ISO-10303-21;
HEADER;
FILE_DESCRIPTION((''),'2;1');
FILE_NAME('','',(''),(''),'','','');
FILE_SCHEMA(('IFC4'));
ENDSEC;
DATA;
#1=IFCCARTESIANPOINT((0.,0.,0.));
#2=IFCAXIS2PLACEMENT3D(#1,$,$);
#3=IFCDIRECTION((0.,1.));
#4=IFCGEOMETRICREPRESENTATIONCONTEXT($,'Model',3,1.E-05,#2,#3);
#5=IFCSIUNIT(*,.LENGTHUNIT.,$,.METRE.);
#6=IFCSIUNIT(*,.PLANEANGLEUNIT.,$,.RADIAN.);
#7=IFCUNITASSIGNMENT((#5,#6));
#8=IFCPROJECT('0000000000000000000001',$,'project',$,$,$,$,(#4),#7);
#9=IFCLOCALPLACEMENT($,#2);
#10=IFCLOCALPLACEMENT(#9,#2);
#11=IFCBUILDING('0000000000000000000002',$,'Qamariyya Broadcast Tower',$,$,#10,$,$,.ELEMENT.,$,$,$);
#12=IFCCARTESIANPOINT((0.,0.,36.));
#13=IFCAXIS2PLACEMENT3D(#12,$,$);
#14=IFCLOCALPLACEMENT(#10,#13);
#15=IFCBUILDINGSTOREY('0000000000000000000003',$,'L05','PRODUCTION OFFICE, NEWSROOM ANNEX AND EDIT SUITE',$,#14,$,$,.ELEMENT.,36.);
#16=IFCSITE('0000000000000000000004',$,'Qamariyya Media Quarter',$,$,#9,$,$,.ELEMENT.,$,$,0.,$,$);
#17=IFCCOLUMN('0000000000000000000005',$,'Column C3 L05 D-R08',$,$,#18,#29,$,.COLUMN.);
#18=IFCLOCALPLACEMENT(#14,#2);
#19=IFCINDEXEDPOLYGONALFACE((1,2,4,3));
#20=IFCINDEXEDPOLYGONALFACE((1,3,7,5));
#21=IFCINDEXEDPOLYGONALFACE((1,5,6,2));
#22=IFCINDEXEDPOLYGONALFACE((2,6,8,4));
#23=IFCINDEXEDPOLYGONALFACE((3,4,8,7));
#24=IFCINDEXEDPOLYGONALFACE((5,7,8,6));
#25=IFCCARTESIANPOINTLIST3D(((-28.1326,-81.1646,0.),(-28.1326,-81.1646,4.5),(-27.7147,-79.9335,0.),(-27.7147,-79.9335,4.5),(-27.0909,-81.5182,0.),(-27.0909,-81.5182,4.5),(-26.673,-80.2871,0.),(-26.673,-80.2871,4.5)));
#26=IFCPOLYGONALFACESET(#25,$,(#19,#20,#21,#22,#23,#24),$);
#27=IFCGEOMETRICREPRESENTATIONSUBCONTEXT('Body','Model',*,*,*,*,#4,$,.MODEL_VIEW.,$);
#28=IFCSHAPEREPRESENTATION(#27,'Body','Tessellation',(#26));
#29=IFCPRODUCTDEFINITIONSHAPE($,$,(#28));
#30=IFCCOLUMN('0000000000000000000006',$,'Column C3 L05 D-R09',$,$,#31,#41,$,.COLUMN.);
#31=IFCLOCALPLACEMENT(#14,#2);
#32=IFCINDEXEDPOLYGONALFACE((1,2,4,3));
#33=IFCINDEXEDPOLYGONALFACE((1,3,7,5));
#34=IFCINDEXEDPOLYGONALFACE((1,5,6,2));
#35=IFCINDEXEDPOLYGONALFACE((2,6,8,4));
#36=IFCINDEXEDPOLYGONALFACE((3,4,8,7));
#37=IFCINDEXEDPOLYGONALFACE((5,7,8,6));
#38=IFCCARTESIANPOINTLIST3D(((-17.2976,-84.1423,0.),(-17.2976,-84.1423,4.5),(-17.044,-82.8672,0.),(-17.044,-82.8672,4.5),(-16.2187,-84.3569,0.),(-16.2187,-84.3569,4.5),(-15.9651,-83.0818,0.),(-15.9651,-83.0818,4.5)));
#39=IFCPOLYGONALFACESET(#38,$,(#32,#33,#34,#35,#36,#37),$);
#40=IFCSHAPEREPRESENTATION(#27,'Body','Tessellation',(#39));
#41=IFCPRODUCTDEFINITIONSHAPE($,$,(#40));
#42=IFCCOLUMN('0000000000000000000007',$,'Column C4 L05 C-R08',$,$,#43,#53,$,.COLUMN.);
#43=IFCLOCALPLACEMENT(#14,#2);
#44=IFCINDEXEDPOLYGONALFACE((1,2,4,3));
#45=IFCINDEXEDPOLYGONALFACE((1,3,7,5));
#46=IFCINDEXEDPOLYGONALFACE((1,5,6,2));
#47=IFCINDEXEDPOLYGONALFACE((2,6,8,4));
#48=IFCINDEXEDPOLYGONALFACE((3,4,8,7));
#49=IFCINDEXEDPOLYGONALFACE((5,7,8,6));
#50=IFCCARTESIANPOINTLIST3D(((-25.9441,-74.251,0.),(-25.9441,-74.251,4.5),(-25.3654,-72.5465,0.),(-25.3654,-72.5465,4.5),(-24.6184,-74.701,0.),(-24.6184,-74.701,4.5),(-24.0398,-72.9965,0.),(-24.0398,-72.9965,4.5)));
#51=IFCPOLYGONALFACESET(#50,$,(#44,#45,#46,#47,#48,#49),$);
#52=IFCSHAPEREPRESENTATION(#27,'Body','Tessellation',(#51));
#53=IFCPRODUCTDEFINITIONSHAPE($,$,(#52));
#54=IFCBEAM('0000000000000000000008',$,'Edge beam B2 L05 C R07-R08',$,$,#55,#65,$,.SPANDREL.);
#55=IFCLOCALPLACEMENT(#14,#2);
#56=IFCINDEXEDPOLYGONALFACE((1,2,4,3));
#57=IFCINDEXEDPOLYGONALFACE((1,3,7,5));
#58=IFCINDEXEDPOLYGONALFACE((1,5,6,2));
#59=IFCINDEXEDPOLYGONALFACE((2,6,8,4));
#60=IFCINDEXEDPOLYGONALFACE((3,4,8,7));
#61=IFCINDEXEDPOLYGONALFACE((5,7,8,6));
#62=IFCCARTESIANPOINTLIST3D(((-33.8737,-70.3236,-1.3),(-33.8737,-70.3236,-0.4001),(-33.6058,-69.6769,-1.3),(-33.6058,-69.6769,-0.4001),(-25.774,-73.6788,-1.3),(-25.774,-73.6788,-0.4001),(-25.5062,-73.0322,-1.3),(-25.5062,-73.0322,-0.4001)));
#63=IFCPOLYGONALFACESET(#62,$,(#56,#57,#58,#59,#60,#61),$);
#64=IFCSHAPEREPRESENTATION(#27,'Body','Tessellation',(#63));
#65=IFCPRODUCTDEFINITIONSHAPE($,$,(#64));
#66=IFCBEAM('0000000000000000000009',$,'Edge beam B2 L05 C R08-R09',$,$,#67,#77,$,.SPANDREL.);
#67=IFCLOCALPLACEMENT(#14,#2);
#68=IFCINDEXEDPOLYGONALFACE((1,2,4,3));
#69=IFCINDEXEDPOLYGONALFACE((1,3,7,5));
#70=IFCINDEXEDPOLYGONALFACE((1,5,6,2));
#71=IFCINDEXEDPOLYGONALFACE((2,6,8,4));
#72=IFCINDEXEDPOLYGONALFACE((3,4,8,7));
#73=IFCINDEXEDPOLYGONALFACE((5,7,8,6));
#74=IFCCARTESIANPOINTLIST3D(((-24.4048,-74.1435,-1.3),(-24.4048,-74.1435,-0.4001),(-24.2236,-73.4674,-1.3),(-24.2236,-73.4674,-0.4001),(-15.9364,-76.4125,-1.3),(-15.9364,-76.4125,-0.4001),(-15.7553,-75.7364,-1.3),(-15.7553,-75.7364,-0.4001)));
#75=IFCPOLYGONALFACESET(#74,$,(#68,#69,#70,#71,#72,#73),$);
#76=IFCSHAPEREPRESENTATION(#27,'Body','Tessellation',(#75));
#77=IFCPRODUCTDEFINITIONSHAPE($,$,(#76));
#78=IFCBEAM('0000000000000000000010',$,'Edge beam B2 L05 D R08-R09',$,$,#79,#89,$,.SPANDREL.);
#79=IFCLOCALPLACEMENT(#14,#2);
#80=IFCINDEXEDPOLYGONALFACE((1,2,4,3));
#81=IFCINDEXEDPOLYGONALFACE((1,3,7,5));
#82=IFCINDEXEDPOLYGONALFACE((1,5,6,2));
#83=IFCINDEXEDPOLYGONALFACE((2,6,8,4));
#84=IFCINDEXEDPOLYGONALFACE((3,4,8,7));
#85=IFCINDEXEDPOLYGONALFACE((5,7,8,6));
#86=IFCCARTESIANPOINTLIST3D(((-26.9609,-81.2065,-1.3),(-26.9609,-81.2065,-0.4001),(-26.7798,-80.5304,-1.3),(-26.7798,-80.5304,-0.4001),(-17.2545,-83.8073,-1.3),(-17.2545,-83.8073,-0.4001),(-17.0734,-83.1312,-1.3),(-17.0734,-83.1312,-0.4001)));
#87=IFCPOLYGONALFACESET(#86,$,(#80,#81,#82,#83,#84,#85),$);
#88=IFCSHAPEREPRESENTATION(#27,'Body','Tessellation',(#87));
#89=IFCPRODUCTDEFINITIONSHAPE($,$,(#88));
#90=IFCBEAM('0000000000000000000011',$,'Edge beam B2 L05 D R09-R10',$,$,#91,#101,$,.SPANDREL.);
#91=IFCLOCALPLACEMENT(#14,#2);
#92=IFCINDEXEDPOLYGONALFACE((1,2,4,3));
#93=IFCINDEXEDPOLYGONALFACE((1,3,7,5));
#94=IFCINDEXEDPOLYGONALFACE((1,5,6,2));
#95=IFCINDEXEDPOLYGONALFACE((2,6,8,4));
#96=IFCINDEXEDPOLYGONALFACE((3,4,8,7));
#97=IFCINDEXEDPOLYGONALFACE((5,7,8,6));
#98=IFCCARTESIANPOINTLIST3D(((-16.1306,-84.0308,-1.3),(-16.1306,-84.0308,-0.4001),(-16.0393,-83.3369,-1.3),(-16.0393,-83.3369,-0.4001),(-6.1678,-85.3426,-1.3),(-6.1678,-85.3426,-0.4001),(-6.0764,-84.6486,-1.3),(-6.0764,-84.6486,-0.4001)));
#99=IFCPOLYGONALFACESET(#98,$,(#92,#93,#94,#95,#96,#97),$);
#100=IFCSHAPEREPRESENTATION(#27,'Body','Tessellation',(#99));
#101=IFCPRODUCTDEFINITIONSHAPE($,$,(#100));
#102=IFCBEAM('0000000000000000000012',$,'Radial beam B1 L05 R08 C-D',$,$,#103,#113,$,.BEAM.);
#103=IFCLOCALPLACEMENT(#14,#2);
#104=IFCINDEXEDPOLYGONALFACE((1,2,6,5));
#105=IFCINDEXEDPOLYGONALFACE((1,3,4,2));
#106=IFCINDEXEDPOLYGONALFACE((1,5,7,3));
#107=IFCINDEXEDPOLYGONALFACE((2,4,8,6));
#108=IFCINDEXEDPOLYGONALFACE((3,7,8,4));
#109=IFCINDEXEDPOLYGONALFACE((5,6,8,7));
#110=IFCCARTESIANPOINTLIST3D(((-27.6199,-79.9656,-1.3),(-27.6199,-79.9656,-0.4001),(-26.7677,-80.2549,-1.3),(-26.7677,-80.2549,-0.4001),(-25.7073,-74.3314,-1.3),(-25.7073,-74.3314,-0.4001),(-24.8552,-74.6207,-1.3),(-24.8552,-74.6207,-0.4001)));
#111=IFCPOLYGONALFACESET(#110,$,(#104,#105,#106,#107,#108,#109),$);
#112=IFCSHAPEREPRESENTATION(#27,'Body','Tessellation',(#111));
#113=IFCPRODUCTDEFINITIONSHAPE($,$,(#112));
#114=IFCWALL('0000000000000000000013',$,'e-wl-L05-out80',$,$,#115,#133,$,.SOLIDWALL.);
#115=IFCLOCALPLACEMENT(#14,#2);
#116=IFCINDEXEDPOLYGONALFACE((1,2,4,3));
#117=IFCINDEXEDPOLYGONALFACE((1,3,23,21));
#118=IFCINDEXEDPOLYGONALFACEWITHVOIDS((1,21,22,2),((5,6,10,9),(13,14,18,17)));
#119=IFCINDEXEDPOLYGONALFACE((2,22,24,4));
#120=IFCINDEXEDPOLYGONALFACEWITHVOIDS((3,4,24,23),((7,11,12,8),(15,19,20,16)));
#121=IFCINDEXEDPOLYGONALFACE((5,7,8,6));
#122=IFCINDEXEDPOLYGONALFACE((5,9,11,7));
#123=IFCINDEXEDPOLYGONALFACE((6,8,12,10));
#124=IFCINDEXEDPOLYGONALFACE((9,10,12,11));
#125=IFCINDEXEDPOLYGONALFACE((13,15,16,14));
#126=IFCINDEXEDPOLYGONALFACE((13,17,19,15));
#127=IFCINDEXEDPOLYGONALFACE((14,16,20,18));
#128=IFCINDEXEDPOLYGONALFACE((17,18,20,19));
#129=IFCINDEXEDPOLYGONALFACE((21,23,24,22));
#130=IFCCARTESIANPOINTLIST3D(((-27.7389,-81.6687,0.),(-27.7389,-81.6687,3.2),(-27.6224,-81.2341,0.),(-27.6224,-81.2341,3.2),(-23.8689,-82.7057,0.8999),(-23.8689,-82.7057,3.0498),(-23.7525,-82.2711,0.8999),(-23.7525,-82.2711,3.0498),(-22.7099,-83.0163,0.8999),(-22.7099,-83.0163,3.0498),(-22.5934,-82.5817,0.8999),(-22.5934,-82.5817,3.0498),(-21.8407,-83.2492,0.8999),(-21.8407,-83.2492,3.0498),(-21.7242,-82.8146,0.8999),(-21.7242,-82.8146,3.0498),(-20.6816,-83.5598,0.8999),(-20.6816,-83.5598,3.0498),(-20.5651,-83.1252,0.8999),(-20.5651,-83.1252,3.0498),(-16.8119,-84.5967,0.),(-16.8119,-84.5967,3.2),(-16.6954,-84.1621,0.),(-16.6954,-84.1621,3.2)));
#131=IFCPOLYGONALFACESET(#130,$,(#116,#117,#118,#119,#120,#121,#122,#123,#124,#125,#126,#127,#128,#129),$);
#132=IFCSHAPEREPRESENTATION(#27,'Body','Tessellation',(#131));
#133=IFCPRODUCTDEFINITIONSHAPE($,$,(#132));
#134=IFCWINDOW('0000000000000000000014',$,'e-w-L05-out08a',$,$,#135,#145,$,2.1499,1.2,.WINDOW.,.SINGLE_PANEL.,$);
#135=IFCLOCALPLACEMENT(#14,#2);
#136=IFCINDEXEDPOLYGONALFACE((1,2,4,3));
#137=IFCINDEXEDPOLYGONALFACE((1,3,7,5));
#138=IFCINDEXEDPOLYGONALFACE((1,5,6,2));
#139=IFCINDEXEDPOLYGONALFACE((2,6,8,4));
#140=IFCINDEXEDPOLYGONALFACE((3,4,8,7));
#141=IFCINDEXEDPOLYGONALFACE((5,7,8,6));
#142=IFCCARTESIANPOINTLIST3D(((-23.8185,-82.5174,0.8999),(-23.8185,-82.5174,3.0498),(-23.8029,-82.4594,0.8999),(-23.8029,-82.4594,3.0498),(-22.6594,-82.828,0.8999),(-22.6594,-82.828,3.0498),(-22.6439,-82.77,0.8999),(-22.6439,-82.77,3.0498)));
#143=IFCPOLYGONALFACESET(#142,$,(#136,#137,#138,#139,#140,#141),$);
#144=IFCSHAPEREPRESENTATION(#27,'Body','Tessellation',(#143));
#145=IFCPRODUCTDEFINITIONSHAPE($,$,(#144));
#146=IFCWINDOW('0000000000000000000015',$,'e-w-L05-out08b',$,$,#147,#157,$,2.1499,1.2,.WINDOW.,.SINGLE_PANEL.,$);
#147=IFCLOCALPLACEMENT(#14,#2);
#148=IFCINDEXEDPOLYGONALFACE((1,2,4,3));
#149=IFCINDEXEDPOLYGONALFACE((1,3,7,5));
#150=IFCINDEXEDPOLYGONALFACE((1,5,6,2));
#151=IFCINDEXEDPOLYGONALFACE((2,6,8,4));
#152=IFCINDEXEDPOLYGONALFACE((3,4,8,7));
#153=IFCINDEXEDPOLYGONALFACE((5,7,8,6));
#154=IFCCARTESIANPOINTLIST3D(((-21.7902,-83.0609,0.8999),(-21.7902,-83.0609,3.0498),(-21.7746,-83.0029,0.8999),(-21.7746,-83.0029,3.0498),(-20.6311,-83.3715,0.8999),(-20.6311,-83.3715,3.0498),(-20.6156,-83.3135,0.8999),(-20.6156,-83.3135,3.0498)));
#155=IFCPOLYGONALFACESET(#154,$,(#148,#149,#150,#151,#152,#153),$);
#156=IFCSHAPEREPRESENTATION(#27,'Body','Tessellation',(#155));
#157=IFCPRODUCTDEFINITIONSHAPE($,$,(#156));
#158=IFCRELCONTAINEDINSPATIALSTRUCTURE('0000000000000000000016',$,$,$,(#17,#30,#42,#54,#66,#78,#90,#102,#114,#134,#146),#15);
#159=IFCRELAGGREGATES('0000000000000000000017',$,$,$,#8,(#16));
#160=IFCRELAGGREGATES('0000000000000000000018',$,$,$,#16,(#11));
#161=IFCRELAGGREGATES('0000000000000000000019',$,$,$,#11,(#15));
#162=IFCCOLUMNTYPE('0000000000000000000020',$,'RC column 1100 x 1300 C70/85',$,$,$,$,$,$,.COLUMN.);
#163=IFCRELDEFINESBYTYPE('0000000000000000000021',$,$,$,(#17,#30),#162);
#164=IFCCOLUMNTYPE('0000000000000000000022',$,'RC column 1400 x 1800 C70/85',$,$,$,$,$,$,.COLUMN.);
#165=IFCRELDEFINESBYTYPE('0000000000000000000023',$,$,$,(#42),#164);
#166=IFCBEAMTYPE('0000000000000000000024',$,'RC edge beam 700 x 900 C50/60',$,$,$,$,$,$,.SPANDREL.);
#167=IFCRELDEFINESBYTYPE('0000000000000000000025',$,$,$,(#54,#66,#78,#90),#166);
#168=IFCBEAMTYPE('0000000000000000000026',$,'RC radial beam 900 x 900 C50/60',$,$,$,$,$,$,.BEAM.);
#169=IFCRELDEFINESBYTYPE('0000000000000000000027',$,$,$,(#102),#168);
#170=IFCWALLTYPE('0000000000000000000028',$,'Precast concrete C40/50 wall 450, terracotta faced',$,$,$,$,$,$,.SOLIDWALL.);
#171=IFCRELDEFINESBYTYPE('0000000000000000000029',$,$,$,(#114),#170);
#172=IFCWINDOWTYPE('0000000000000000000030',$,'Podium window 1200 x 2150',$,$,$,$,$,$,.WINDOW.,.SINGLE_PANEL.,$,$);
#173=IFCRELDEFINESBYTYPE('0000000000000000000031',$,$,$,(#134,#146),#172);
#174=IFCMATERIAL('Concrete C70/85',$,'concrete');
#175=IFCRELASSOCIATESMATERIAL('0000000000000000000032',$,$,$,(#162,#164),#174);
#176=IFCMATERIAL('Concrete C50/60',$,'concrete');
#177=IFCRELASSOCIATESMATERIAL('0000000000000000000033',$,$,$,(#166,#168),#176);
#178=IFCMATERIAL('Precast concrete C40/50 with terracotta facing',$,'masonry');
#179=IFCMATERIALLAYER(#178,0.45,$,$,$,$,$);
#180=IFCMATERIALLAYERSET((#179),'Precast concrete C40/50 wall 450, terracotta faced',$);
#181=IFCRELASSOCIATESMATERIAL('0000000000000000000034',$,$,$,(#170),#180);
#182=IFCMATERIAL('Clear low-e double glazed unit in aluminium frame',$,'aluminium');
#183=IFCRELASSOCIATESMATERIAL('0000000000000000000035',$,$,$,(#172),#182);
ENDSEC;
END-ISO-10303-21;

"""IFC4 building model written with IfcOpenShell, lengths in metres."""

from ifc_helpers import new_model, si_unit, direction, frame, frame_2d, origin, origin_2d, place, context, subcontext, project, spatial, rectangle, extrude, material, layer, layer_set, material_profile, profile_set, type_object, element, fill, save


model = new_model("IFC4")

# Units and contexts
model_context = context("Model", 3, precision=1e-05, world=origin(), true_north=direction((0.0, 1.0)))
body_context = subcontext(model_context, "Body", "Model", "MODEL_VIEW")
ifc_project = project(units=[si_unit("LENGTHUNIT", "METRE"), si_unit("PLANEANGLEUNIT", "RADIAN")], contexts=[model_context])

# Site, building, storey
site_placement = place(None, origin())
site = spatial("IfcSite", under=ifc_project, at=site_placement, Name="Qamariyya Media Quarter", CompositionType="ELEMENT", RefElevation=0.0)
building_placement = place(site_placement, origin())
building = spatial("IfcBuilding", under=site, at=building_placement, Name="Qamariyya Broadcast Tower", CompositionType="ELEMENT")
storey_placement = place(building_placement, frame((0.0, 0.0, 36.0)))
storey = spatial("IfcBuildingStorey", under=building, at=storey_placement, Name="L05", Description="PRODUCTION OFFICE, NEWSROOM ANNEX AND EDIT SUITE", CompositionType="ELEMENT", Elevation=36.0)

# Columns
ifc_material_1 = material(Name="Concrete C70/85", Category="concrete")
ifc_material_profile_1 = material_profile(ifc_material_1, rectangle(XDim=1.1001, YDim=1.3, at=origin_2d()))
ifc_profile_set_1 = profile_set([ifc_material_profile_1], Name="Concrete C70/85")
column_type_1 = type_object("IfcColumnType", Name="RC column 1100 x 1300 C70/85", PredefinedType="COLUMN", material=ifc_profile_set_1)
for number, where, z_axis, x_axis, name in (
    (1, (-27.4028, -80.7258, 0.0), (0.0, 0.0, 1.0), (0.94693, -0.321439, 0.0), "Column C3 L05 D-R08"),
    (2, (-16.6313, -83.6121, 0.0), (0.0, 0.0, 1.0), (0.980785, -0.19509, 0.0), "Column C3 L05 D-R09"),
):
    element("IfcColumn", number, at=place(storey_placement, frame(where, z_axis=z_axis, x_axis=x_axis)), inside=storey, type_object=column_type_1, Name=name, PredefinedType="COLUMN", context=body_context, shape_type="SweptSolid", body=[
        extrude(rectangle(XDim=1.1001, YDim=1.3, at=origin_2d()), origin(), (0.0, 0.0, 1.0), 4.5),
    ])
ifc_material_profile_2 = material_profile(ifc_material_1, rectangle(XDim=1.3999, YDim=1.8, at=origin_2d()))
ifc_profile_set_2 = profile_set([ifc_material_profile_2], Name="Concrete C70/85")
column_type_2 = type_object("IfcColumnType", Name="RC column 1400 x 1800 C70/85", PredefinedType="COLUMN", material=ifc_profile_set_2)
column_placement = place(storey_placement, frame((-24.9919, -73.6238, 0.0), z_axis=(0.0, 0.0, 1.0), x_axis=(0.94693, -0.321439, 0.0)))
element("IfcColumn", 3, at=column_placement, inside=storey, type_object=column_type_2, Name="Column C4 L05 C-R08", PredefinedType="COLUMN", context=body_context, shape_type="SweptSolid", body=[
    extrude(rectangle(XDim=1.3999, YDim=1.8, at=origin_2d()), origin(), (0.0, 0.0, 1.0), 4.5),
])

# Beams
ifc_material_2 = material(Name="Concrete C50/60", Category="concrete")
ifc_material_profile_3 = material_profile(ifc_material_2, rectangle(XDim=0.7, YDim=0.8999, at=origin_2d()))
ifc_profile_set_3 = profile_set([ifc_material_profile_3], Name="Concrete C50/60")
beam_type_1 = type_object("IfcBeamType", Name="RC edge beam 700 x 900 C50/60", PredefinedType="SPANDREL", material=ifc_profile_set_3)
for number, where, z_axis, x_axis, name in (
    (4, (-33.7397, -70.0002, -0.8501), (0.923869, -0.382708, 0.0), (0.382708, 0.923869, 0.0), "Edge beam B2 L05 C R07-R08"),
    (5, (-24.3142, -73.8054, -0.8501), (0.965926, -0.258817, 0.0), (0.258817, 0.965926, 0.0), "Edge beam B2 L05 C R08-R09"),
):
    element("IfcBeam", number, at=place(storey_placement, frame(where, z_axis=z_axis, x_axis=x_axis)), inside=storey, type_object=beam_type_1, Name=name, PredefinedType="SPANDREL", context=body_context, shape_type="SweptSolid", body=[
        extrude(rectangle(XDim=0.7, YDim=0.8999, at=origin_2d()), origin(), (0.0, 0.0, 1.0), 8.7671),
    ])
for number, where, z_axis, x_axis, name in (
    (6, (-26.8704, -80.8684, -0.8501), (0.965927, -0.258816, 0.0), (0.258816, 0.965927, 0.0), "Edge beam B2 L05 D R08-R09"),
    (7, (-16.085, -83.6838, -0.8501), (0.991443, -0.130539, 0.0), (0.130539, 0.991443, 0.0), "Edge beam B2 L05 D R09-R10"),
):
    element("IfcBeam", number, at=place(storey_placement, frame(where, z_axis=z_axis, x_axis=x_axis)), inside=storey, type_object=beam_type_1, Name=name, PredefinedType="SPANDREL", context=body_context, shape_type="SweptSolid", body=[
        extrude(rectangle(XDim=0.7, YDim=0.8999, at=origin_2d()), origin(), (0.0, 0.0, 1.0), 10.0488),
    ])
ifc_material_profile_4 = material_profile(ifc_material_2, rectangle(XDim=0.8999, YDim=0.8999, at=origin_2d()))
ifc_profile_set_4 = profile_set([ifc_material_profile_4], Name="Concrete C50/60")
beam_type_2 = type_object("IfcBeamType", Name="RC radial beam 900 x 900 C50/60", PredefinedType="BEAM", material=ifc_profile_set_4)
beam_placement = place(storey_placement, frame((-25.2812, -74.4761, -0.8501), z_axis=(-0.321442, -0.946929, 0.0), x_axis=(0.946929, -0.321442, 0.0)))
element("IfcBeam", 8, at=beam_placement, inside=storey, type_object=beam_type_2, Name="Radial beam B1 L05 R08 C-D", PredefinedType="BEAM", context=body_context, shape_type="SweptSolid", body=[
    extrude(rectangle(XDim=0.8999, YDim=0.8999, at=origin_2d()), origin(), (0.0, 0.0, 1.0), 5.95),
])

# Wall, openings, windows
ifc_material_3 = material(Name="Precast concrete C40/50 with terracotta facing", Category="masonry")
ifc_layer_1 = layer(ifc_material_3, 0.45)
ifc_layer_set_1 = layer_set([ifc_layer_1], Name="Precast concrete C40/50 wall 450, terracotta faced")
wall_type_1 = type_object("IfcWallType", Name="Precast concrete C40/50 wall 450, terracotta faced", PredefinedType="SOLIDWALL", material=ifc_layer_set_1)
wall_1_placement = place(storey_placement, frame((-27.6807, -81.4514, 0.0), z_axis=(0.0, 0.0, 1.0), x_axis=(0.965924, -0.258827, 0.0)))
wall_1 = element("IfcWall", 9, at=wall_1_placement, inside=storey, type_object=wall_type_1, Name="e-wl-L05-out80", PredefinedType="SOLIDWALL", context=body_context, shape_type="SweptSolid", body=[
    extrude(rectangle(XDim=11.3125, YDim=0.45, at=frame_2d((5.6562, 0.0))), origin(), (0.0, 0.0, 1.0), 3.2),
])
opening_1_placement = place(wall_1_placement, frame((4.0063, 0.0, 0.8999)))
opening_1 = element("IfcOpeningElement", 10, at=opening_1_placement, cuts=wall_1, PredefinedType="OPENING", context=body_context, shape_type="SweptSolid", body=[
    extrude(rectangle(XDim=1.2, YDim=2.1499, at=frame_2d((0.6001, 1.075))), frame((0.0, 0.2349, 0.0), z_axis=(0.0, -1.0, 0.0), x_axis=(1.0, 0.0, 0.0)), (0.0, 0.0, 1.0), 0.47),
])
opening_2_placement = place(wall_1_placement, frame((6.1062, 0.0, 0.8999)))
opening_2 = element("IfcOpeningElement", 11, at=opening_2_placement, cuts=wall_1, PredefinedType="OPENING", context=body_context, shape_type="SweptSolid", body=[
    extrude(rectangle(XDim=1.2, YDim=2.1499, at=frame_2d((0.6001, 1.075))), frame((0.0, 0.2349, 0.0), z_axis=(0.0, -1.0, 0.0), x_axis=(1.0, 0.0, 0.0)), (0.0, 0.0, 1.0), 0.47),
])
ifc_material_4 = material(Name="Clear low-e double glazed unit in aluminium frame", Category="aluminium")
window_type = type_object("IfcWindowType", Name="Podium window 1200 x 2150", PartitioningType="SINGLE_PANEL", PredefinedType="WINDOW", material=ifc_material_4)
window_1_placement = place(opening_1_placement, origin())
window_1 = element("IfcWindow", 12, at=window_1_placement, inside=storey, type_object=window_type, Name="e-w-L05-out08a", OverallHeight=2.1499, OverallWidth=1.2, PartitioningType="SINGLE_PANEL", PredefinedType="WINDOW", context=body_context, shape_type="SweptSolid", body=[
    extrude(rectangle(XDim=1.2, YDim=2.1499, at=frame_2d((0.6001, 1.075))), frame((0.0, 0.03, 0.0), z_axis=(0.0, -1.0, 0.0), x_axis=(1.0, 0.0, 0.0)), (0.0, 0.0, 1.0), 0.0601),
])
fill(opening_1, window_1)
window_2_placement = place(opening_2_placement, origin())
window_2 = element("IfcWindow", 13, at=window_2_placement, inside=storey, type_object=window_type, Name="e-w-L05-out08b", OverallHeight=2.1499, OverallWidth=1.2, PartitioningType="SINGLE_PANEL", PredefinedType="WINDOW", context=body_context, shape_type="SweptSolid", body=[
    extrude(rectangle(XDim=1.2, YDim=2.1499, at=frame_2d((0.6001, 1.075))), frame((0.0, 0.03, 0.0), z_axis=(0.0, -1.0, 0.0), x_axis=(1.0, 0.0, 0.0)), (0.0, 0.0, 1.0), 0.0601),
])
fill(opening_2, window_2)

save(model, "model.ifc")
